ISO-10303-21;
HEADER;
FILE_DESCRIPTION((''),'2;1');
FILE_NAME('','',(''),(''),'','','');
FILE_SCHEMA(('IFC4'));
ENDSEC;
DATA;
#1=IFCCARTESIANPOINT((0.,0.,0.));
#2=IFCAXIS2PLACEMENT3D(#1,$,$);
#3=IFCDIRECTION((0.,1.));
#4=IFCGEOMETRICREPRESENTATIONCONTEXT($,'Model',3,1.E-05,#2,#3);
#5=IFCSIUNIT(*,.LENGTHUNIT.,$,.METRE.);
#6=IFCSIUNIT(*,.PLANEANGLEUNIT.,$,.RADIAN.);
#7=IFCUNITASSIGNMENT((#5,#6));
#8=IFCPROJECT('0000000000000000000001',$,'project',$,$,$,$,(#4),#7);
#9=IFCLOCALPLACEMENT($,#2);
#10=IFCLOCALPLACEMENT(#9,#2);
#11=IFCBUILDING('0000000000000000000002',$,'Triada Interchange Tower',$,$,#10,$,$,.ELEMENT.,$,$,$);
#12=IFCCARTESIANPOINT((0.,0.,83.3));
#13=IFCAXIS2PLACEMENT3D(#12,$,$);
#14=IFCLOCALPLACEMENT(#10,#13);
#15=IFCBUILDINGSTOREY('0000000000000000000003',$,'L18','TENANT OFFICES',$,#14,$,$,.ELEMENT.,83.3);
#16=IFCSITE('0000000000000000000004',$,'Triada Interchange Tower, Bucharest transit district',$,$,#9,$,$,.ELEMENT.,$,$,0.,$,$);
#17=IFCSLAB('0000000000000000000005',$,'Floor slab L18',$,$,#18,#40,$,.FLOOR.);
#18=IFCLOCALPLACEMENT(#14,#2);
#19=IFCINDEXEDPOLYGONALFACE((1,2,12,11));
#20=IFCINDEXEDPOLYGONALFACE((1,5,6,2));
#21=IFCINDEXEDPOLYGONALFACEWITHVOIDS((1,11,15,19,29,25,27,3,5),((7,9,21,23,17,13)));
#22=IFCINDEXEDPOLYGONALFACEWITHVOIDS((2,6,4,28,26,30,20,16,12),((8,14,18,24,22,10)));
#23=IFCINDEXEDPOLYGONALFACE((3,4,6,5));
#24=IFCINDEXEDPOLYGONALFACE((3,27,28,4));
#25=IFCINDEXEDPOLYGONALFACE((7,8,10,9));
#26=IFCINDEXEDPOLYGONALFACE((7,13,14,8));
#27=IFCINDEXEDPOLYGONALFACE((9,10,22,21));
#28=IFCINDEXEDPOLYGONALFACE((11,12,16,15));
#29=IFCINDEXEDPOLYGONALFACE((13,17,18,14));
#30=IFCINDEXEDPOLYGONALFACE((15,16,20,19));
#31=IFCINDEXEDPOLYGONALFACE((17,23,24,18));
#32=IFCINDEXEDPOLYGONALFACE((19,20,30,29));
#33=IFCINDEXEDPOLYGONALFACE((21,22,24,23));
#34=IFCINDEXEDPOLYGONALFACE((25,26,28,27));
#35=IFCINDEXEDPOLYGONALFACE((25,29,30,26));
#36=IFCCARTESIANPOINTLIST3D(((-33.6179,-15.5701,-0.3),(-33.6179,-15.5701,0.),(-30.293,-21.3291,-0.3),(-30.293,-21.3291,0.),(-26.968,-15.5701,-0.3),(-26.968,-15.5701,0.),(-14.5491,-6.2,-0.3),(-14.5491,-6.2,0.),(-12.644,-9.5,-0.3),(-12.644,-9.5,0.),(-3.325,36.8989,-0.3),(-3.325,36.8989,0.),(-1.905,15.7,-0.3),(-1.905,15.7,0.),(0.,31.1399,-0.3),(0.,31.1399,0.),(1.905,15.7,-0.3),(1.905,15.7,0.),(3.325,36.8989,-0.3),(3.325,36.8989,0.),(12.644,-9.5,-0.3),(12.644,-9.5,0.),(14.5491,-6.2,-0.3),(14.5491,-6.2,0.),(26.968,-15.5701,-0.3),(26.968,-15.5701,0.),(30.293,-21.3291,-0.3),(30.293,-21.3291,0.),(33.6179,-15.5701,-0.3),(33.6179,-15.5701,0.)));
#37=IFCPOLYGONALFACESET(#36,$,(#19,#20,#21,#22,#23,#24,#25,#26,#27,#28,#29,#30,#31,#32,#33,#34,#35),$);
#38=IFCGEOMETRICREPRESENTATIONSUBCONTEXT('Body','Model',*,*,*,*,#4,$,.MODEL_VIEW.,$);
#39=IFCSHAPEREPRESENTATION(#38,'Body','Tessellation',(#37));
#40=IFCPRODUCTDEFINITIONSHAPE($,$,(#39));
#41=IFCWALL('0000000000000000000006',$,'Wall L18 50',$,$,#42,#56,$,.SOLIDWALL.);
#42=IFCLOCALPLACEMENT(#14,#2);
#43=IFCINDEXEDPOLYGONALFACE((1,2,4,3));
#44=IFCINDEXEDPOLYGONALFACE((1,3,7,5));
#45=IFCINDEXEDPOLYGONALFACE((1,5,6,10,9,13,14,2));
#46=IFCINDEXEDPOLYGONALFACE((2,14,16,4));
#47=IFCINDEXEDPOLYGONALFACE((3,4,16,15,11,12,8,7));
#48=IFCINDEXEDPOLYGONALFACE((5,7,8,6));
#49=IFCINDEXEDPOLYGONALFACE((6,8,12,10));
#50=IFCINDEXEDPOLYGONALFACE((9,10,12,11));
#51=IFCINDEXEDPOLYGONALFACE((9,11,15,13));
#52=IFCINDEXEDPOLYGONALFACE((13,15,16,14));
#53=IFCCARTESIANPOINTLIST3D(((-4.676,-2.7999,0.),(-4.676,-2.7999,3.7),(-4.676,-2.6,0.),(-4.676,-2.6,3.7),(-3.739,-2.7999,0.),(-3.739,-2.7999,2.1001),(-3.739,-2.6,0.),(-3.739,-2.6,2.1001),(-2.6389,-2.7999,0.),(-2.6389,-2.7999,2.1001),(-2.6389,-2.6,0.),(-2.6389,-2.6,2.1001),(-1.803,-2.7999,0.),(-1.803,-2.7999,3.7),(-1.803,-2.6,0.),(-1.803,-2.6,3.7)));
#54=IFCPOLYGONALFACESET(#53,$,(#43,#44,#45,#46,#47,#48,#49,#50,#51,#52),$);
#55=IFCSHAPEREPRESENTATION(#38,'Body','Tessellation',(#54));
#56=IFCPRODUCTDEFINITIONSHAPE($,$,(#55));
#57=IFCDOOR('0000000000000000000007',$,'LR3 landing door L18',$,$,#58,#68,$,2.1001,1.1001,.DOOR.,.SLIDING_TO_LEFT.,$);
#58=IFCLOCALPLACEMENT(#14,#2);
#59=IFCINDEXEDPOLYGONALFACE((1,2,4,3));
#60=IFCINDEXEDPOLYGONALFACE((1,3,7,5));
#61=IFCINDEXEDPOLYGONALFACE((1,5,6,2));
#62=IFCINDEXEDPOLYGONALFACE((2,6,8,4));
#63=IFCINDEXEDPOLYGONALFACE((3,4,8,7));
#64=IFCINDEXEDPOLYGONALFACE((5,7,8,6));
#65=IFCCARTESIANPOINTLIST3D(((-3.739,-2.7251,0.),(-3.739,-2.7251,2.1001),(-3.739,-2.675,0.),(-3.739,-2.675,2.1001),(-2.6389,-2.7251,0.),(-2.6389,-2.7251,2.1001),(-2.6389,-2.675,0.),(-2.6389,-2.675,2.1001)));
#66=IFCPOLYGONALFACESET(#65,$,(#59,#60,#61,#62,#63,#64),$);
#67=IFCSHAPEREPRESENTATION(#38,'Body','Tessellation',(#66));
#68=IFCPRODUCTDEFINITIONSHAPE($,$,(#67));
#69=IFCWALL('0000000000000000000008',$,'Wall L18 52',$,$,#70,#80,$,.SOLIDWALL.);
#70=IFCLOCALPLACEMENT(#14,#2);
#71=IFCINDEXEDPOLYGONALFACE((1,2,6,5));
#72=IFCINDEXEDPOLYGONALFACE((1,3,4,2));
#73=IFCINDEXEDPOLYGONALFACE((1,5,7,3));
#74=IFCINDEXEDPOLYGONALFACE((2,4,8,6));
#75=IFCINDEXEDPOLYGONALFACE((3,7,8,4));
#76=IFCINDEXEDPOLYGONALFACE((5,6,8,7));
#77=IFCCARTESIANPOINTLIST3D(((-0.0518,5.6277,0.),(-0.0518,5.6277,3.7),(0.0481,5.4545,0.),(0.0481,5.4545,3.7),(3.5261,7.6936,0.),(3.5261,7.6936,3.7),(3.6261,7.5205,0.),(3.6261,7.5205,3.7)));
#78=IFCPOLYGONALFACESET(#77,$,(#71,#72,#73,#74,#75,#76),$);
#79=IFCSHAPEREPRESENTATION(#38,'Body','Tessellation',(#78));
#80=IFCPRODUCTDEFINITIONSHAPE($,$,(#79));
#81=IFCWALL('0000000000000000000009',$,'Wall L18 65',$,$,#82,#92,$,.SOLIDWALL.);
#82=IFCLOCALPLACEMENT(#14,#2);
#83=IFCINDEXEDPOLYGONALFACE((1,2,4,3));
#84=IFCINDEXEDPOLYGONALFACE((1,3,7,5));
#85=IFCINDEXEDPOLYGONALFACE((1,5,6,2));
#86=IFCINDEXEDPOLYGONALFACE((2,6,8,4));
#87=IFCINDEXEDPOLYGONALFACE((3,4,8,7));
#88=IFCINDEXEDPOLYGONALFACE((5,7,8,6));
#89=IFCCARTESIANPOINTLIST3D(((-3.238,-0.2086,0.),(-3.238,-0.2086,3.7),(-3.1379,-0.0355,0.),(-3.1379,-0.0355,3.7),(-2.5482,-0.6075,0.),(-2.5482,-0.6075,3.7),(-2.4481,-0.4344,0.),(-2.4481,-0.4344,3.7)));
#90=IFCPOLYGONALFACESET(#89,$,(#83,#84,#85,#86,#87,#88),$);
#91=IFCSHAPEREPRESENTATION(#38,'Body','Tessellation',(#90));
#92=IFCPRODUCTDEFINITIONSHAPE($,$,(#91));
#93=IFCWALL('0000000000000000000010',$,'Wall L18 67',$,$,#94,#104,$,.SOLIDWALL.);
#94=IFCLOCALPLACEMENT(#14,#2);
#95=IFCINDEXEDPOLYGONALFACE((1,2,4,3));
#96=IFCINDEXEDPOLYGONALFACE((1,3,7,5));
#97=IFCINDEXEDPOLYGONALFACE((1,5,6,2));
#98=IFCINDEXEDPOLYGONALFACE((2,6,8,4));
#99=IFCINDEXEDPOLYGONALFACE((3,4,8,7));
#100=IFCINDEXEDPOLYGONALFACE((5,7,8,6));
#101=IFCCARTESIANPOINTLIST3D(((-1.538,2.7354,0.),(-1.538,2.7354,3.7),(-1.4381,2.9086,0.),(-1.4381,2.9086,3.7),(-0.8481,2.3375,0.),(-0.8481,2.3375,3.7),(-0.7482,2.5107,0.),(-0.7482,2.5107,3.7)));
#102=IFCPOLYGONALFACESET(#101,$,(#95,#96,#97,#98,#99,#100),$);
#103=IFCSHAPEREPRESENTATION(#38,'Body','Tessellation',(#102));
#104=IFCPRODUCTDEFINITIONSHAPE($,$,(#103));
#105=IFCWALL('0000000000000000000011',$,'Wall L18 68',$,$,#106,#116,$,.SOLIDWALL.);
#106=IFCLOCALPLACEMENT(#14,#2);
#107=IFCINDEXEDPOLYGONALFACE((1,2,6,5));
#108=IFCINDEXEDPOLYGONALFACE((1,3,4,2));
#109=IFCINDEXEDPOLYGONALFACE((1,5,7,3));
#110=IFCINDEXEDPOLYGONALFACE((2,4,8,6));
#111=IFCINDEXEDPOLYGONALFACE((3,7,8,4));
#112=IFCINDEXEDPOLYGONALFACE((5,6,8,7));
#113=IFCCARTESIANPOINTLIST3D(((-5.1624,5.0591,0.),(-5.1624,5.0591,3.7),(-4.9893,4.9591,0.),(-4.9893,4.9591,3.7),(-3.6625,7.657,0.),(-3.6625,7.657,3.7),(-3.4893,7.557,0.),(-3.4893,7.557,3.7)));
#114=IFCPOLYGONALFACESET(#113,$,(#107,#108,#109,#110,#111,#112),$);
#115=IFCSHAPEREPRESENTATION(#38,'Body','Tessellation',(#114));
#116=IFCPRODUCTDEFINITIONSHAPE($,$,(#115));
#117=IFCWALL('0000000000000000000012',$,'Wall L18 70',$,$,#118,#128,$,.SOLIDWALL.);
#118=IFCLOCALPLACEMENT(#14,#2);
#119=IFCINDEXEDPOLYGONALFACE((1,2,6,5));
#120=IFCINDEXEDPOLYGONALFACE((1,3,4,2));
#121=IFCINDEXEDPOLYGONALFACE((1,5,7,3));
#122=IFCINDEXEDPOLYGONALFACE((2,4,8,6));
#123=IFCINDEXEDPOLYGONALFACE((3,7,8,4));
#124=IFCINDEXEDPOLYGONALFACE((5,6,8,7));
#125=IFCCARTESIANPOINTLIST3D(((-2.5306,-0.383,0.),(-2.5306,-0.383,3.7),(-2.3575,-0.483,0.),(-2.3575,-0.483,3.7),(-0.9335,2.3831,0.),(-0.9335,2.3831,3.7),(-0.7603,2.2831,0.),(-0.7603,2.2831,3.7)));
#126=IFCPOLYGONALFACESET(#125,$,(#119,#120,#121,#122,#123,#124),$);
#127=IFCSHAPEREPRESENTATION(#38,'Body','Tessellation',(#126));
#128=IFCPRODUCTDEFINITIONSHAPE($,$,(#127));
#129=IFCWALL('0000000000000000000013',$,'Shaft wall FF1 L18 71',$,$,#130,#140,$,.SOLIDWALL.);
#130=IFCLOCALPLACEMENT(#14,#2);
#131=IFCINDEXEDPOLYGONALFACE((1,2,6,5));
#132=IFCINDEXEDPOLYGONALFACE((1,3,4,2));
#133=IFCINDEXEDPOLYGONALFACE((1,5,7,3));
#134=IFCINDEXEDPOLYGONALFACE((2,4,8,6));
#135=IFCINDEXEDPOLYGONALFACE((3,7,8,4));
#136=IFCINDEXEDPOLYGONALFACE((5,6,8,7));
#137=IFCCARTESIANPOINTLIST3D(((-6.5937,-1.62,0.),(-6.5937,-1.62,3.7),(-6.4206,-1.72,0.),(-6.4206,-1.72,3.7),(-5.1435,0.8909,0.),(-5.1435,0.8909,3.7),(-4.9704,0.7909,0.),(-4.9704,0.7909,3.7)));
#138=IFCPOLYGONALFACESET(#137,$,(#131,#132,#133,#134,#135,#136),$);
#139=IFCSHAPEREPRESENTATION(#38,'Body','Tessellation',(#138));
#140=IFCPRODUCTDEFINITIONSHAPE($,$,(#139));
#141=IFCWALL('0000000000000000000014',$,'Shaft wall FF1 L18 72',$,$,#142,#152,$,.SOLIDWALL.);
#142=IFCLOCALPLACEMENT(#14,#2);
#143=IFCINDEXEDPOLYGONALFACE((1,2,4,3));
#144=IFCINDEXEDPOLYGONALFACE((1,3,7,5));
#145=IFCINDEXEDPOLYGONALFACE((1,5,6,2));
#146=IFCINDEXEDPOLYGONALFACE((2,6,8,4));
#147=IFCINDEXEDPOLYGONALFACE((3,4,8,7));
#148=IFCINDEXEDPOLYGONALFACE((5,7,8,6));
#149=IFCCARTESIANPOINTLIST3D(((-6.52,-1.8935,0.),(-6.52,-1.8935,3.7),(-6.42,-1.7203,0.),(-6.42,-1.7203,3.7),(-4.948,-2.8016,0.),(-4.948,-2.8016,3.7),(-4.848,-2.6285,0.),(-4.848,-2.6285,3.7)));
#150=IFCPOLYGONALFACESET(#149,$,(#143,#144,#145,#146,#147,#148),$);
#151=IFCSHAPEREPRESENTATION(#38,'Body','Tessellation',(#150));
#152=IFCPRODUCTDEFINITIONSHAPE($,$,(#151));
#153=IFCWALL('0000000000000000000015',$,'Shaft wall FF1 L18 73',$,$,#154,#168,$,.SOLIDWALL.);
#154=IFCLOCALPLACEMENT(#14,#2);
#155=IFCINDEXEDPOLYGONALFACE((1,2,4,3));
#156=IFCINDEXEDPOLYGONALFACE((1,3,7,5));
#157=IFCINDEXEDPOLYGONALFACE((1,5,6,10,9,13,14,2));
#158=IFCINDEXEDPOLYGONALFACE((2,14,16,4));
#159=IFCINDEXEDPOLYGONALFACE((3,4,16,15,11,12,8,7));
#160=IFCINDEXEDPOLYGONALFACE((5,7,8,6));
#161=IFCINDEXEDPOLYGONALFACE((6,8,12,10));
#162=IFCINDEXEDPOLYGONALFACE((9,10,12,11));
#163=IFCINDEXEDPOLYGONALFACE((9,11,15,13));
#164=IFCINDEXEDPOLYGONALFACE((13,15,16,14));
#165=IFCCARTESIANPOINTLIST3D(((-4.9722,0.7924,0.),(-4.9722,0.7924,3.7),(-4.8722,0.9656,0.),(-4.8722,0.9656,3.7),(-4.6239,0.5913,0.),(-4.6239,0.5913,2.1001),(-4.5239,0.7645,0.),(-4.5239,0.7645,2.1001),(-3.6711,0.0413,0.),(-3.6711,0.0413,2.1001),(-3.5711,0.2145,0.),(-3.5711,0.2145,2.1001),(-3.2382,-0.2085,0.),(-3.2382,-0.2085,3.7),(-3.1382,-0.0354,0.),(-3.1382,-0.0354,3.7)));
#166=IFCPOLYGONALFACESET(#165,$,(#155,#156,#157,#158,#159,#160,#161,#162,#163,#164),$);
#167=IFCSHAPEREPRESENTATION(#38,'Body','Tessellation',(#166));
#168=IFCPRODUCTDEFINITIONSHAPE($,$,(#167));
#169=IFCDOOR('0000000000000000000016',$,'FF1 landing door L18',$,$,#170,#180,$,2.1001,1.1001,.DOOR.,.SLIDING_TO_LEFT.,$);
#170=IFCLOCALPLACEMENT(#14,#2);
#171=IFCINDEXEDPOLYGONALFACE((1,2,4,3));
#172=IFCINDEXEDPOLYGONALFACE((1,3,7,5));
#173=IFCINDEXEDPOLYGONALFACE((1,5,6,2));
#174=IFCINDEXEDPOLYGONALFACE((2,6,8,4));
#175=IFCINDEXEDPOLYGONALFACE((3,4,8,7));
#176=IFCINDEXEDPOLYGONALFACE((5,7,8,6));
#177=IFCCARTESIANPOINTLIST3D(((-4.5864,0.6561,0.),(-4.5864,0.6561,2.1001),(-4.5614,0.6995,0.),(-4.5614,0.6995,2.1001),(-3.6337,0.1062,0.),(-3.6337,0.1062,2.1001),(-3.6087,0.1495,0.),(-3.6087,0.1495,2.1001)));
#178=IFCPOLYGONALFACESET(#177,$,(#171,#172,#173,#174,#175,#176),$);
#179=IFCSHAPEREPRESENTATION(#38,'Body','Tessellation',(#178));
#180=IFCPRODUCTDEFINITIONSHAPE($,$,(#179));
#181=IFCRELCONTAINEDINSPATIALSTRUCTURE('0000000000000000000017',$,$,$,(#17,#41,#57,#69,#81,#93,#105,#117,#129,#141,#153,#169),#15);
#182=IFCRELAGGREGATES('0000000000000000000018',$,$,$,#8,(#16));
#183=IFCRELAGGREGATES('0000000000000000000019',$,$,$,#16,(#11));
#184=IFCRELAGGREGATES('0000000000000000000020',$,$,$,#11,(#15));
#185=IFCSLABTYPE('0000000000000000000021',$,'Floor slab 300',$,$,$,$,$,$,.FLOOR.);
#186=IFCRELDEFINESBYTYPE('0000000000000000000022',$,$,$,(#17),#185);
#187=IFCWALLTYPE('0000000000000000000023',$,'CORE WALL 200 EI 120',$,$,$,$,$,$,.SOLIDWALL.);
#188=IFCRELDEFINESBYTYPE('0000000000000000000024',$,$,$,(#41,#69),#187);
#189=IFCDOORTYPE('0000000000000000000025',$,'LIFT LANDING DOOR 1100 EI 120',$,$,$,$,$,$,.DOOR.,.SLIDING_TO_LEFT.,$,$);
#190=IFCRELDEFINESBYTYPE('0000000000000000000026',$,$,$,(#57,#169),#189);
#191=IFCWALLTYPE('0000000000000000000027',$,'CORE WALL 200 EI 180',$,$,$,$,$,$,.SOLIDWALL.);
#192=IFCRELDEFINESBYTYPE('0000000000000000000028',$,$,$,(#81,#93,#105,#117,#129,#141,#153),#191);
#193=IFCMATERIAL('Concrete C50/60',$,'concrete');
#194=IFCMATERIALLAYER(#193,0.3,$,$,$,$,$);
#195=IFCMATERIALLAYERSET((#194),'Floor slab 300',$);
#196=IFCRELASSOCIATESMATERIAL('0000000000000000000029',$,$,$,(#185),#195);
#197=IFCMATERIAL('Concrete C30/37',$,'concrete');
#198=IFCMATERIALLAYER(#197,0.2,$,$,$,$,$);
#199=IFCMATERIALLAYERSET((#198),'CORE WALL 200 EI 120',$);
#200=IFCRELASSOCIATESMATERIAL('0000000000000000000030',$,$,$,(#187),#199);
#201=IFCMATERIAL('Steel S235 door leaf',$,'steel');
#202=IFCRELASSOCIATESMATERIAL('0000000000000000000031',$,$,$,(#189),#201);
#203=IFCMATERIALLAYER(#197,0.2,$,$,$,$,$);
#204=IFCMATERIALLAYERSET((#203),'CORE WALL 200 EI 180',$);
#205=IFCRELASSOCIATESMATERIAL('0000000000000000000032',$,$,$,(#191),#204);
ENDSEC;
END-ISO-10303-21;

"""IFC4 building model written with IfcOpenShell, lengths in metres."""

from ifc_helpers import new_model, si_unit, direction, frame, frame_2d, origin, place, context, subcontext, project, spatial, polyline, rectangle, outline, extrude, material, layer, layer_set, type_object, element, fill, save


model = new_model("IFC4")

# Units and contexts
model_context = context("Model", 3, precision=1e-05, world=origin(), true_north=direction((0.0, 1.0)))
body_context = subcontext(model_context, "Body", "Model", "MODEL_VIEW")
ifc_project = project(units=[si_unit("LENGTHUNIT", "METRE"), si_unit("PLANEANGLEUNIT", "RADIAN")], contexts=[model_context])

# Site, building, storey
site_placement = place(None, origin())
site = spatial("IfcSite", under=ifc_project, at=site_placement, Name="Triada Interchange Tower, Bucharest transit district", CompositionType="ELEMENT", RefElevation=0.0)
building_placement = place(site_placement, origin())
building = spatial("IfcBuilding", under=site, at=building_placement, Name="Triada Interchange Tower", CompositionType="ELEMENT")
storey_placement = place(building_placement, frame((0.0, 0.0, 83.3)))
storey = spatial("IfcBuildingStorey", under=building, at=storey_placement, Name="L18", Description="TENANT OFFICES", CompositionType="ELEMENT", Elevation=83.3)

# Slab
ifc_material_1 = material(Name="Concrete C50/60", Category="concrete")
ifc_layer_1 = layer(ifc_material_1, 0.3)
ifc_layer_set_1 = layer_set([ifc_layer_1], Name="Floor slab 300")
slab_type = type_object("IfcSlabType", Name="Floor slab 300", PredefinedType="FLOOR", material=ifc_layer_set_1)
slab_placement = place(storey_placement, frame((0.0, 0.0, -0.3)))
element("IfcSlab", 1, at=slab_placement, inside=storey, type_object=slab_type, Name="Floor slab L18", PredefinedType="FLOOR", context=body_context, shape_type="SweptSolid", body=[
    extrude(outline(polyline([(-3.325, 36.8989), (-33.6179, -15.5701), (-26.968, -15.5701), (-30.293, -21.3291), (30.293, -21.3291), (26.968, -15.5701), (33.6179, -15.5701), (3.325, 36.8989), (0.0, 31.1399), (-3.325, 36.8989)]), holes=[polyline([(1.905, 15.7), (-1.905, 15.7), (-14.5491, -6.2), (-12.644, -9.5), (12.644, -9.5), (14.5491, -6.2), (1.905, 15.7)])]), origin(), (0.0, 0.0, 1.0), 0.3),
])

# Wall, opening, door
ifc_material_2 = material(Name="Concrete C30/37", Category="concrete")
ifc_layer_2 = layer(ifc_material_2, 0.2)
ifc_layer_set_2 = layer_set([ifc_layer_2], Name="CORE WALL 200 EI 120")
wall_type_1 = type_object("IfcWallType", Name="CORE WALL 200 EI 120", PredefinedType="SOLIDWALL", material=ifc_layer_set_2)
wall_1_placement = place(storey_placement, frame((-4.676, -2.7, 0.0), z_axis=(0.0, 0.0, 1.0), x_axis=(1.0, 0.0, 0.0)))
wall_1 = element("IfcWall", 2, at=wall_1_placement, inside=storey, type_object=wall_type_1, Name="Wall L18 50", PredefinedType="SOLIDWALL", context=body_context, shape_type="SweptSolid", body=[
    extrude(rectangle(XDim=2.873, YDim=0.2, at=frame_2d((1.4365, 0.0))), origin(), (0.0, 0.0, 1.0), 3.7),
])
opening_1_placement = place(wall_1_placement, frame((0.937, 0.0, 0.0)))
opening_1 = element("IfcOpeningElement", 3, at=opening_1_placement, cuts=wall_1, PredefinedType="OPENING", context=body_context, shape_type="SweptSolid", body=[
    extrude(rectangle(XDim=1.1001, YDim=2.1001, at=frame_2d((0.55, 1.05))), frame((0.0, 0.1099, 0.0), z_axis=(0.0, -1.0, 0.0), x_axis=(1.0, 0.0, 0.0)), (0.0, 0.0, 1.0), 0.22),
])
ifc_material_3 = material(Name="Steel S235 door leaf", Category="steel")
door_type = type_object("IfcDoorType", Name="LIFT LANDING DOOR 1100 EI 120", OperationType="SLIDING_TO_LEFT", PredefinedType="DOOR", material=ifc_material_3)
door_1_placement = place(opening_1_placement, origin())
door_1 = element("IfcDoor", 4, at=door_1_placement, inside=storey, type_object=door_type, Name="LR3 landing door L18", OperationType="SLIDING_TO_LEFT", OverallHeight=2.1001, OverallWidth=1.1001, PredefinedType="DOOR", context=body_context, shape_type="SweptSolid", body=[
    extrude(rectangle(XDim=1.1001, YDim=2.1001, at=frame_2d((0.55, 1.05))), frame((0.0, 0.0249, 0.0), z_axis=(0.0, -1.0, 0.0), x_axis=(1.0, 0.0, 0.0)), (0.0, 0.0, 1.0), 0.05),
])
fill(opening_1, door_1)

# Walls
wall_2_placement = place(storey_placement, frame((-0.002, 5.541, 0.0), z_axis=(0.0, 0.0, 1.0), x_axis=(0.866002, 0.500041, 0.0)))
element("IfcWall", 5, at=wall_2_placement, inside=storey, type_object=wall_type_1, Name="Wall L18 52", PredefinedType="SOLIDWALL", context=body_context, shape_type="SweptSolid", body=[
    extrude(rectangle(XDim=4.1316, YDim=0.2, at=frame_2d((2.0659, 0.0))), origin(), (0.0, 0.0, 1.0), 3.7),
])
ifc_layer_3 = layer(ifc_material_2, 0.2)
ifc_layer_set_3 = layer_set([ifc_layer_3], Name="CORE WALL 200 EI 180")
wall_type_2 = type_object("IfcWallType", Name="CORE WALL 200 EI 180", PredefinedType="SOLIDWALL", material=ifc_layer_set_3)
wall_3_placement = place(storey_placement, frame((-3.188, -0.1221, 0.0), z_axis=(0.0, 0.0, 1.0), x_axis=(0.865706, -0.500553, 0.0)))
element("IfcWall", 6, at=wall_3_placement, inside=storey, type_object=wall_type_2, Name="Wall L18 65", PredefinedType="SOLIDWALL", context=body_context, shape_type="SweptSolid", body=[
    extrude(rectangle(XDim=0.7969, YDim=0.2, at=frame_2d((0.3984, 0.0))), origin(), (0.0, 0.0, 1.0), 3.7),
])
wall_4_placement = place(storey_placement, frame((-1.488, 2.822, 0.0), z_axis=(0.0, 0.0, 1.0), x_axis=(0.866237, -0.499634, 0.0)))
element("IfcWall", 7, at=wall_4_placement, inside=storey, type_object=wall_type_2, Name="Wall L18 67", PredefinedType="SOLIDWALL", context=body_context, shape_type="SweptSolid", body=[
    extrude(rectangle(XDim=0.7964, YDim=0.2, at=frame_2d((0.3982, 0.0))), origin(), (0.0, 0.0, 1.0), 3.7),
])
wall_5_placement = place(storey_placement, frame((-5.0759, 5.009, 0.0), z_axis=(0.0, 0.0, 1.0), x_axis=(0.500025, 0.866011, 0.0)))
element("IfcWall", 8, at=wall_5_placement, inside=storey, type_object=wall_type_2, Name="Wall L18 68", PredefinedType="SOLIDWALL", context=body_context, shape_type="SweptSolid", body=[
    extrude(rectangle(XDim=2.9998, YDim=0.2, at=frame_2d((1.5, 0.0))), origin(), (0.0, 0.0, 1.0), 3.7),
])
wall_6_placement = place(storey_placement, frame((-2.4441, -0.4331, 0.0), z_axis=(0.0, 0.0, 1.0), x_axis=(0.500036, 0.866005, 0.0)))
element("IfcWall", 9, at=wall_6_placement, inside=storey, type_object=wall_type_2, Name="Wall L18 70", PredefinedType="SOLIDWALL", context=body_context, shape_type="SweptSolid", body=[
    extrude(rectangle(XDim=3.1941, YDim=0.2, at=frame_2d((1.5972, 0.0))), origin(), (0.0, 0.0, 1.0), 3.7),
])
wall_7_placement = place(storey_placement, frame((-6.5071, -1.6699, 0.0), z_axis=(0.0, 0.0, 1.0), x_axis=(0.500123, 0.865954, 0.0)))
element("IfcWall", 10, at=wall_7_placement, inside=storey, type_object=wall_type_2, Name="Shaft wall FF1 L18 71", PredefinedType="SOLIDWALL", context=body_context, shape_type="SweptSolid", body=[
    extrude(rectangle(XDim=2.8997, YDim=0.2, at=frame_2d((1.4497, 0.0))), origin(), (0.0, 0.0, 1.0), 3.7),
])
wall_8_placement = place(storey_placement, frame((-6.47, -1.8069, 0.0), z_axis=(0.0, 0.0, 1.0), x_axis=(0.865883, -0.500246, 0.0)))
element("IfcWall", 11, at=wall_8_placement, inside=storey, type_object=wall_type_2, Name="Shaft wall FF1 L18 72", PredefinedType="SOLIDWALL", context=body_context, shape_type="SweptSolid", body=[
    extrude(rectangle(XDim=1.8154, YDim=0.2, at=frame_2d((0.9077, 0.0))), origin(), (0.0, 0.0, 1.0), 3.7),
])

# Wall, opening, door
wall_9_placement = place(storey_placement, frame((-4.9221, 0.8789, 0.0), z_axis=(0.0, 0.0, 1.0), x_axis=(0.866074, -0.499916, 0.0)))
wall_9 = element("IfcWall", 12, at=wall_9_placement, inside=storey, type_object=wall_type_2, Name="Shaft wall FF1 L18 73", PredefinedType="SOLIDWALL", context=body_context, shape_type="SweptSolid", body=[
    extrude(rectangle(XDim=2.0022, YDim=0.2, at=frame_2d((1.001, 0.0))), origin(), (0.0, 0.0, 1.0), 3.7),
])
opening_2_placement = place(wall_9_placement, frame((0.4021, 0.0, 0.0)))
opening_2 = element("IfcOpeningElement", 13, at=opening_2_placement, cuts=wall_9, PredefinedType="OPENING", context=body_context, shape_type="SweptSolid", body=[
    extrude(rectangle(XDim=1.1001, YDim=2.1001, at=frame_2d((0.55, 1.05))), frame((0.0, 0.1099, 0.0), z_axis=(0.0, -1.0, 0.0), x_axis=(1.0, 0.0, 0.0)), (0.0, 0.0, 1.0), 0.22),
])
door_2_placement = place(opening_2_placement, origin())
door_2 = element("IfcDoor", 14, at=door_2_placement, inside=storey, type_object=door_type, Name="FF1 landing door L18", OperationType="SLIDING_TO_LEFT", OverallHeight=2.1001, OverallWidth=1.1001, PredefinedType="DOOR", context=body_context, shape_type="SweptSolid", body=[
    extrude(rectangle(XDim=1.1001, YDim=2.1001, at=frame_2d((0.55, 1.05))), frame((0.0, 0.0249, 0.0), z_axis=(0.0, -1.0, 0.0), x_axis=(1.0, 0.0, 0.0)), (0.0, 0.0, 1.0), 0.05),
])
fill(opening_2, door_2)

save(model, "model.ifc")
